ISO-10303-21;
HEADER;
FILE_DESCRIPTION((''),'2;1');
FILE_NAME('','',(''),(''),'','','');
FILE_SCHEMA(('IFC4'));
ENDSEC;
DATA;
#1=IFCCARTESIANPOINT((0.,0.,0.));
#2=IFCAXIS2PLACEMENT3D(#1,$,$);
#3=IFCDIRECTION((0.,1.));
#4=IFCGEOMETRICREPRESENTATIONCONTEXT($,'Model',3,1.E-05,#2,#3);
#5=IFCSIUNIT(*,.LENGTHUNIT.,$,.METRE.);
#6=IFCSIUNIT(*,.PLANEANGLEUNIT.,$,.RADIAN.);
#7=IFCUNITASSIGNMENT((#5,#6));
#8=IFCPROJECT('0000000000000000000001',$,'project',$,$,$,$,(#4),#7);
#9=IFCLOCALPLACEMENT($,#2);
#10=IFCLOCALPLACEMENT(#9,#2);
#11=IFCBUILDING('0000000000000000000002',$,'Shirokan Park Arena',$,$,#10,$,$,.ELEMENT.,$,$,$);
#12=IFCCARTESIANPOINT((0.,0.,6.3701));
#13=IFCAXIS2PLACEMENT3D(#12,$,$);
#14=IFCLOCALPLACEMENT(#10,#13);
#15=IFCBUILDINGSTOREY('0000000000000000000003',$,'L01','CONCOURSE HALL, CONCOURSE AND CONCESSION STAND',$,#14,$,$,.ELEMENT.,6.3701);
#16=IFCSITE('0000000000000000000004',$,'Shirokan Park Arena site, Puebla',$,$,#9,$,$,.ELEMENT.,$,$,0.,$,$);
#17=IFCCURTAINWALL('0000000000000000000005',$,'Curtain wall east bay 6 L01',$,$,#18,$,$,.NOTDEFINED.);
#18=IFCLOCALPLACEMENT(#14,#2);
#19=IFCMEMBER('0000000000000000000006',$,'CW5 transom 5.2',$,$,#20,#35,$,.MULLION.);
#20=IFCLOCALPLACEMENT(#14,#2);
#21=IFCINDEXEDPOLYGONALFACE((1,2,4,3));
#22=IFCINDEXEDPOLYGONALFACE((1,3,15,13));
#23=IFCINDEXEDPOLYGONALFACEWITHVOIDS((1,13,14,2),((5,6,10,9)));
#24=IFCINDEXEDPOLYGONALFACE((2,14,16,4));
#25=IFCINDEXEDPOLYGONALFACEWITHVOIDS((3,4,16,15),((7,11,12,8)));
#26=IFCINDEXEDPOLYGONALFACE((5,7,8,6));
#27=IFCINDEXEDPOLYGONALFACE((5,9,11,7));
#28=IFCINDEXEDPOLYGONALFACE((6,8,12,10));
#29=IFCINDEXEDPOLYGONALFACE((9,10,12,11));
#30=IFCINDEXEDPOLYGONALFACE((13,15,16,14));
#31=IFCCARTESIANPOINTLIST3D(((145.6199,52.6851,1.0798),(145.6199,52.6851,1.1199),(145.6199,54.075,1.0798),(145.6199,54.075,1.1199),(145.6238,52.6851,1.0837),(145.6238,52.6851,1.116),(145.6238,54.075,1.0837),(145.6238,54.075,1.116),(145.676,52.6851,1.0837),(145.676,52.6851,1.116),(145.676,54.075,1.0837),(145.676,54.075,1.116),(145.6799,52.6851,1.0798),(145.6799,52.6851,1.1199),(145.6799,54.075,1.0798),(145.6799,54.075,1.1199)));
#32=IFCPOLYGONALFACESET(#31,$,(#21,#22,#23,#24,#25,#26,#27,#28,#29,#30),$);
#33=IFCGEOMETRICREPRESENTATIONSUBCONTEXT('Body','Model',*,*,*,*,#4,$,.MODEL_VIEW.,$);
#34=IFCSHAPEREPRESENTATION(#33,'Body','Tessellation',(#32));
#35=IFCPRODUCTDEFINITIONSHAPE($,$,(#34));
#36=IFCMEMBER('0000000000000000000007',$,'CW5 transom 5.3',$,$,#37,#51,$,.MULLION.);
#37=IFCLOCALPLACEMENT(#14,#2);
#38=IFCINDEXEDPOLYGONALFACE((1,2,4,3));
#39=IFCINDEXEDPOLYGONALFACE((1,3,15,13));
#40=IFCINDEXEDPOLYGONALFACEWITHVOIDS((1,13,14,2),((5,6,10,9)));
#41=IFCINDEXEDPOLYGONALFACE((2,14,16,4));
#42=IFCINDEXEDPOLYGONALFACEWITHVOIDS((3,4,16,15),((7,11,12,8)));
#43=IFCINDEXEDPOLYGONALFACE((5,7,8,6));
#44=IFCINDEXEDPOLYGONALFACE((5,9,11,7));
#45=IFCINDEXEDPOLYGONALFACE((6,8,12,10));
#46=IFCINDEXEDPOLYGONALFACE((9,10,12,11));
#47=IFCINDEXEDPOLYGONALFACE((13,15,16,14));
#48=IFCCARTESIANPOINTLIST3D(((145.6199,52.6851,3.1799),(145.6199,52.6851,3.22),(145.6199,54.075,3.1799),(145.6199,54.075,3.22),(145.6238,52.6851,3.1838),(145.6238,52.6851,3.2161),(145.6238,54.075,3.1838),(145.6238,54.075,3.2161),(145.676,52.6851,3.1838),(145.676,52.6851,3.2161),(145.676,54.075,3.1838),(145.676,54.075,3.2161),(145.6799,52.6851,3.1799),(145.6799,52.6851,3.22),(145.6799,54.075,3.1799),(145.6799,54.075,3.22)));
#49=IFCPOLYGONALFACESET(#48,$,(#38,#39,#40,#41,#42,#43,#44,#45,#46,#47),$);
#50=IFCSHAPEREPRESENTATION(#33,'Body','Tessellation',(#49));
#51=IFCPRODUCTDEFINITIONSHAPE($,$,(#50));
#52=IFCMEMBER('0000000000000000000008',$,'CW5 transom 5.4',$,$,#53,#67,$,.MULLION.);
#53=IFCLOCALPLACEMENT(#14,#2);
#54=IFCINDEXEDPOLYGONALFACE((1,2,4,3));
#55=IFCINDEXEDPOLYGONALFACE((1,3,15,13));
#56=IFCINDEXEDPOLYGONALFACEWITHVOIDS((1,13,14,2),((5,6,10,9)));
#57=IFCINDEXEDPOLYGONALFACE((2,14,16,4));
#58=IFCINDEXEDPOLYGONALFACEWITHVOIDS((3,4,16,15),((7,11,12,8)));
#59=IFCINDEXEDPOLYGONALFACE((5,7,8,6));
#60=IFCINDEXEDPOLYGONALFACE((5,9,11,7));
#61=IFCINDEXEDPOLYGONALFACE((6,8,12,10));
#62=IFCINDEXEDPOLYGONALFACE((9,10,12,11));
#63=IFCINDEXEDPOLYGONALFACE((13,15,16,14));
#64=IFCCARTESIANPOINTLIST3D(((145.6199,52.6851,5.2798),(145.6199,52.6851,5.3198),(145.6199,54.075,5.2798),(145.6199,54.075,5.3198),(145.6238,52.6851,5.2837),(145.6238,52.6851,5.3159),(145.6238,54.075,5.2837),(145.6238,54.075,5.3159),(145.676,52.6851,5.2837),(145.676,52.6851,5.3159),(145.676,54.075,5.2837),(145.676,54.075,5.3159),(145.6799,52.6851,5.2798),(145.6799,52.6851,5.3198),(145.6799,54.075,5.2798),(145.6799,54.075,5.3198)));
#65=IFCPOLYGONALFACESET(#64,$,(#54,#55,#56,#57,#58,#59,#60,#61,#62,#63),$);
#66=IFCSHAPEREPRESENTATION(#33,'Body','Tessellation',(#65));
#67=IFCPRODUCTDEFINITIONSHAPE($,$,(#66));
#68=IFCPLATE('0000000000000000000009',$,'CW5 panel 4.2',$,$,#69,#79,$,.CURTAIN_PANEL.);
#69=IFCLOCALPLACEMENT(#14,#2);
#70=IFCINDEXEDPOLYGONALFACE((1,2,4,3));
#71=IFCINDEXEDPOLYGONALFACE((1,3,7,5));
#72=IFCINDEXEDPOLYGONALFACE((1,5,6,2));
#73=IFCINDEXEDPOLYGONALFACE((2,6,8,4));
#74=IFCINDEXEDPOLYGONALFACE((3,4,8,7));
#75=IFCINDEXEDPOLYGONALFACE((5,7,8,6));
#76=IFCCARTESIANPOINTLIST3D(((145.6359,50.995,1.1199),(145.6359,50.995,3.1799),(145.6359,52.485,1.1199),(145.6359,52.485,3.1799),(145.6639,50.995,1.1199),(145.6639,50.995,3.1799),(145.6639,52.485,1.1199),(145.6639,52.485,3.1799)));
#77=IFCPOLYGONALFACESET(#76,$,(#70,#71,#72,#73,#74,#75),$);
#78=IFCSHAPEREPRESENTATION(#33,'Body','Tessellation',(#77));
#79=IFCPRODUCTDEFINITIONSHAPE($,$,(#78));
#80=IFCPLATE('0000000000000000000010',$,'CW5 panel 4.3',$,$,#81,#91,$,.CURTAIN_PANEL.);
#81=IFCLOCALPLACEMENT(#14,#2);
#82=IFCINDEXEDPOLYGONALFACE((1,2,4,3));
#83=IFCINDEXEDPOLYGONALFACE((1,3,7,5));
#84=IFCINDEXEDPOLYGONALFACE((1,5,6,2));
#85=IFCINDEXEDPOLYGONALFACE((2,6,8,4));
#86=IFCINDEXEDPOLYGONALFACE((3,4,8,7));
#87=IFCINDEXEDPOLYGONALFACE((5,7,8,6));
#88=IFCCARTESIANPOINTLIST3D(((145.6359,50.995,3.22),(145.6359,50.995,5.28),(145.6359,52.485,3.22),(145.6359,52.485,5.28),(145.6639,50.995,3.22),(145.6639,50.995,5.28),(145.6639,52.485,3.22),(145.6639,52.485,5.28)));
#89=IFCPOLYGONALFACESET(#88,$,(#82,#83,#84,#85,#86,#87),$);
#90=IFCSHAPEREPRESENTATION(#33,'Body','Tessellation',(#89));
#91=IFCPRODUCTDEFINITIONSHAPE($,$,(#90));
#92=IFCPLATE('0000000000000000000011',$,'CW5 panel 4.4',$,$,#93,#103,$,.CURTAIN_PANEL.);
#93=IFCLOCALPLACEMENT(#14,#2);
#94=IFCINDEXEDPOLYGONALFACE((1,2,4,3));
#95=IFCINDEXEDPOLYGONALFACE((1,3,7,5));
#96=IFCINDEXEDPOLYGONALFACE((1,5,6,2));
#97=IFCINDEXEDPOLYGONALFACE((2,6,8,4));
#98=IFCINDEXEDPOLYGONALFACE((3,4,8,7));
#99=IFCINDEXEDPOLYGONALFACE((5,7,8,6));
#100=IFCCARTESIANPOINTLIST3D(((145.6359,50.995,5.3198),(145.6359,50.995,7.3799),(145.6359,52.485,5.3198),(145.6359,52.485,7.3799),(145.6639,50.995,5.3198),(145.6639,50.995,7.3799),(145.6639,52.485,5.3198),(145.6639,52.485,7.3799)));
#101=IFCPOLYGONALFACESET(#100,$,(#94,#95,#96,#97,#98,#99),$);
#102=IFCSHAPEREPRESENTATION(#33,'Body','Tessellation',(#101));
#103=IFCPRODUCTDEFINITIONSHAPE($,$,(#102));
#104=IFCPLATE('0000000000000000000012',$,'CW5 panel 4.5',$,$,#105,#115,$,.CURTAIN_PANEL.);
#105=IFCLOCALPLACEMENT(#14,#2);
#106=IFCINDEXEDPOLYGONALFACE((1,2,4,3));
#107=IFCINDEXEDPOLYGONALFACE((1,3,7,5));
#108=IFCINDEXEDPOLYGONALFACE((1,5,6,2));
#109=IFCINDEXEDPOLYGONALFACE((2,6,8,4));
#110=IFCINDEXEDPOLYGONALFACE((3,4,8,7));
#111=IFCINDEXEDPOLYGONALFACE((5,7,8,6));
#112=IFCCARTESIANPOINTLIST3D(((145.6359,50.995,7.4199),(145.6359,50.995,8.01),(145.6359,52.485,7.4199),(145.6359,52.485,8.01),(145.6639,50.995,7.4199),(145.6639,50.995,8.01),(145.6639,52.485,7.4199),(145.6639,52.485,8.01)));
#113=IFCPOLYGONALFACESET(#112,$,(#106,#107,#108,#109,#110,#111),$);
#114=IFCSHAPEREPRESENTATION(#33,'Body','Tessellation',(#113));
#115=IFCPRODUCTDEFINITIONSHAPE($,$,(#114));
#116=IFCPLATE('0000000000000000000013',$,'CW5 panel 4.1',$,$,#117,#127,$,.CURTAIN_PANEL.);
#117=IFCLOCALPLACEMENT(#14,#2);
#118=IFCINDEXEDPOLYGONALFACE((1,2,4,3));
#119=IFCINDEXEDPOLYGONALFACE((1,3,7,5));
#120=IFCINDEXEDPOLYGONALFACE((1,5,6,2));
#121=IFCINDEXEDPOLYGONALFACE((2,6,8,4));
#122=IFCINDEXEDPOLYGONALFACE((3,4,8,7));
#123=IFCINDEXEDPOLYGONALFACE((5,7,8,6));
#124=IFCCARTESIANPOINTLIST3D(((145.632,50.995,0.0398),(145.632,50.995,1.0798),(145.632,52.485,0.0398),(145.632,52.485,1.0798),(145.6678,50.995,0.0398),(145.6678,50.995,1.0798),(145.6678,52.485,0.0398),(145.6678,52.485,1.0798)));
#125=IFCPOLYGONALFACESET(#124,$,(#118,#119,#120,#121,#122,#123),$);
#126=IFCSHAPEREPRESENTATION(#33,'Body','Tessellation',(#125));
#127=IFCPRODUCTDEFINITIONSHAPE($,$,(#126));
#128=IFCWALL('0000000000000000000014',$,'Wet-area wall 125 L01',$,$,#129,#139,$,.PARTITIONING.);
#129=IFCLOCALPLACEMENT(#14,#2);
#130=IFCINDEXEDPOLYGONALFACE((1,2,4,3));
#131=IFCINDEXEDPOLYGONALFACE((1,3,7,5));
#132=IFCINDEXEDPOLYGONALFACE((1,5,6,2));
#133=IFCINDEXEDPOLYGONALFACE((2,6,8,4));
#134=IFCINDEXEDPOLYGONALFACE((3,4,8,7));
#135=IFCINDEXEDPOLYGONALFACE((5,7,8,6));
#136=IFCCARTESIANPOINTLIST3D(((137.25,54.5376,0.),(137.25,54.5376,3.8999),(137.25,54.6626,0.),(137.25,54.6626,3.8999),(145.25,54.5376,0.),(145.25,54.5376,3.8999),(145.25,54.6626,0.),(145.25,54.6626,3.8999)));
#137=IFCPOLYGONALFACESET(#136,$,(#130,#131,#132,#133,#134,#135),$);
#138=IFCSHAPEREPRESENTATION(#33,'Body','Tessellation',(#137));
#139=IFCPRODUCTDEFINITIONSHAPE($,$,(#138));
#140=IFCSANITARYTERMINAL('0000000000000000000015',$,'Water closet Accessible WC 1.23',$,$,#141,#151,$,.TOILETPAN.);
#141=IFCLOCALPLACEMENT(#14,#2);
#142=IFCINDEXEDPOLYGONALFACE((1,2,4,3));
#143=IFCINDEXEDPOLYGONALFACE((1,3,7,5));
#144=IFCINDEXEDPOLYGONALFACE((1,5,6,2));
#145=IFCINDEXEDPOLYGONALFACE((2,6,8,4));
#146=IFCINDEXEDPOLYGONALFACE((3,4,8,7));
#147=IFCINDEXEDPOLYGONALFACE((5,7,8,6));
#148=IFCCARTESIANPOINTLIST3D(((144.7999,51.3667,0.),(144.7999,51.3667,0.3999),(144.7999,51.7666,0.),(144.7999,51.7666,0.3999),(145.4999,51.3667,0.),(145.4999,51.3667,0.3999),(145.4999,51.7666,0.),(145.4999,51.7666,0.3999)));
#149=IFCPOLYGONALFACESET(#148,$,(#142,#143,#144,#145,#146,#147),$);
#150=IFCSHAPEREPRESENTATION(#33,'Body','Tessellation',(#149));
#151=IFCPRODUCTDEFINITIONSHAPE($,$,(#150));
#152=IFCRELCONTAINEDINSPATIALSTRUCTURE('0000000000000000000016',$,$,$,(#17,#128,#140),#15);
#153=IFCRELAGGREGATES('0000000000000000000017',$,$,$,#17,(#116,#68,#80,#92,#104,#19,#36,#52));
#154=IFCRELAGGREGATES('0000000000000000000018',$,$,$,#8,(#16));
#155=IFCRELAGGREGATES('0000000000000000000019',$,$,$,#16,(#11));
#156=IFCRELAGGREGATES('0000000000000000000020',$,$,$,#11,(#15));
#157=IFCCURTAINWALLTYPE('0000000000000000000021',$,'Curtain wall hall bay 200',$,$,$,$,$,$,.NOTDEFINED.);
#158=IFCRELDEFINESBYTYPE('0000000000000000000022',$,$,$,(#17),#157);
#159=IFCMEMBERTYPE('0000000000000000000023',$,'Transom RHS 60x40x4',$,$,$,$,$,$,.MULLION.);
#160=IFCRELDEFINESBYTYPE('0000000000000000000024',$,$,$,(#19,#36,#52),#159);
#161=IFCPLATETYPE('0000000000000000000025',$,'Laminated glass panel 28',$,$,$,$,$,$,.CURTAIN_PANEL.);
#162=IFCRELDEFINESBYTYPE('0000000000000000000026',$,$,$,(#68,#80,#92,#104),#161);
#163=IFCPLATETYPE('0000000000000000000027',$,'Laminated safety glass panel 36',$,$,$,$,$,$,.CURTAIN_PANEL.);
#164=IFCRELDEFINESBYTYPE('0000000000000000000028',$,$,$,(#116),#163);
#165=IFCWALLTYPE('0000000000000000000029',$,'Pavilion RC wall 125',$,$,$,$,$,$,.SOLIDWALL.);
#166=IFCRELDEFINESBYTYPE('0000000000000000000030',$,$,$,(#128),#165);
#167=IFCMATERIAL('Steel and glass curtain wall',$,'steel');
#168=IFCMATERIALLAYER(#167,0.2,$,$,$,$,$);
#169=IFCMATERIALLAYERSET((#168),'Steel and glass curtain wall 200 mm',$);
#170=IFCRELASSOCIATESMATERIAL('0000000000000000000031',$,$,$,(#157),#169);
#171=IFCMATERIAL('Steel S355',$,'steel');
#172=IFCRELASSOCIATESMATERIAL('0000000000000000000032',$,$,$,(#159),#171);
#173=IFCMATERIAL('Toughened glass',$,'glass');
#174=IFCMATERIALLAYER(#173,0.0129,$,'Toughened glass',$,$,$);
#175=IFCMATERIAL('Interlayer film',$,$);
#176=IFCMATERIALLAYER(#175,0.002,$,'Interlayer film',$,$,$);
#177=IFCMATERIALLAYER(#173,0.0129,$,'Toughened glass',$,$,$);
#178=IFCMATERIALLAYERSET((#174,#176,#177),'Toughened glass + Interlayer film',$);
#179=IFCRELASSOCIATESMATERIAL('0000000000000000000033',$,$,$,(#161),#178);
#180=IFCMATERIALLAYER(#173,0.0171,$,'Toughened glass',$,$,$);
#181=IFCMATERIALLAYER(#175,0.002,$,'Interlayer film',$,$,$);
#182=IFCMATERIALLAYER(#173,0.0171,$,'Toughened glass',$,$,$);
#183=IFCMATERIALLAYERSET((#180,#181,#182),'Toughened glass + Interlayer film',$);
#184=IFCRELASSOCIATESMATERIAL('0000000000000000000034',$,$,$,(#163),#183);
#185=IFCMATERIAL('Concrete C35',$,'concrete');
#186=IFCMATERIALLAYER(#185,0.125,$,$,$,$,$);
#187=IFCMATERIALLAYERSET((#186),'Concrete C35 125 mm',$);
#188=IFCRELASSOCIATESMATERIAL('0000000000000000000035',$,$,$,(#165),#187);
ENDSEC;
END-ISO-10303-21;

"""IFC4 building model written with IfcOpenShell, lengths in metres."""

from ifc_helpers import new_model, si_unit, direction, frame, frame_2d, origin, origin_2d, place, context, subcontext, project, spatial, rectangle, hollow_rectangle, extrude, material, layer, layer_set, material_profile, profile_set, type_object, element, aggregate, save


model = new_model("IFC4")

# Units and contexts
model_context = context("Model", 3, precision=1e-05, world=origin(), true_north=direction((0.0, 1.0)))
body_context = subcontext(model_context, "Body", "Model", "MODEL_VIEW")
ifc_project = project(units=[si_unit("LENGTHUNIT", "METRE"), si_unit("PLANEANGLEUNIT", "RADIAN")], contexts=[model_context])

# Site, building, storey
site_placement = place(None, origin())
site = spatial("IfcSite", under=ifc_project, at=site_placement, Name="Shirokan Park Arena site, Puebla", CompositionType="ELEMENT", RefElevation=0.0)
building_placement = place(site_placement, origin())
building = spatial("IfcBuilding", under=site, at=building_placement, Name="Shirokan Park Arena", CompositionType="ELEMENT")
storey_placement = place(building_placement, frame((0.0, 0.0, 6.3701)))
storey = spatial("IfcBuildingStorey", under=building, at=storey_placement, Name="L01", Description="CONCOURSE HALL, CONCOURSE AND CONCESSION STAND", CompositionType="ELEMENT", Elevation=6.3701)

# Shared definitions
ifc_material_1 = material(Name="Concrete C35", Category="concrete")

# Curtain wall
ifc_material_2 = material(Name="Steel and glass curtain wall", Category="steel")
ifc_layer_1 = layer(ifc_material_2, 0.2)
ifc_layer_set_1 = layer_set([ifc_layer_1], Name="Steel and glass curtain wall 200 mm")
curtain_wall_type = type_object("IfcCurtainWallType", Name="Curtain wall hall bay 200", PredefinedType="NOTDEFINED", material=ifc_layer_set_1)
curtain_wall_placement = place(storey_placement, origin())
curtain_wall = element("IfcCurtainWall", 1, at=curtain_wall_placement, inside=storey, type_object=curtain_wall_type, Name="Curtain wall east bay 6 L01", PredefinedType="NOTDEFINED")
ifc_material_3 = material(Name="Steel S355", Category="steel")

# Members
ifc_material_profile_1 = material_profile(ifc_material_3, hollow_rectangle(XDim=0.0601, YDim=0.04, WallThickness=0.0039, at=origin_2d()), Name="RHS 60x40x4")
ifc_profile_set_1 = profile_set([ifc_material_profile_1], Name="Steel S355")
member_type_1 = type_object("IfcMemberType", Name="Transom RHS 60x40x4", PredefinedType="MULLION", material=ifc_profile_set_1)
member_1_placement = place(storey_placement, frame((145.6499, 52.6851, 1.0999), z_axis=(0.0, 1.0, 0.0), x_axis=(-1.0, 0.0, 0.0)))
member_1 = element("IfcMember", 2, at=member_1_placement, type_object=member_type_1, Name="CW5 transom 5.2", PredefinedType="MULLION", context=body_context, shape_type="SweptSolid", body=[
    extrude(hollow_rectangle(XDim=0.0601, YDim=0.04, WallThickness=0.0039, at=origin_2d()), origin(), (0.0, 0.0, 1.0), 1.3899),
])
member_2_placement = place(storey_placement, frame((145.6499, 52.6851, 3.2), z_axis=(0.0, 1.0, 0.0), x_axis=(-1.0, 0.0, 0.0)))
member_2 = element("IfcMember", 3, at=member_2_placement, type_object=member_type_1, Name="CW5 transom 5.3", PredefinedType="MULLION", context=body_context, shape_type="SweptSolid", body=[
    extrude(hollow_rectangle(XDim=0.0601, YDim=0.04, WallThickness=0.0039, at=origin_2d()), origin(), (0.0, 0.0, 1.0), 1.3899),
])
member_3_placement = place(storey_placement, frame((145.6499, 52.6851, 5.2998), z_axis=(0.0, 1.0, 0.0), x_axis=(-1.0, 0.0, 0.0)))
member_3 = element("IfcMember", 4, at=member_3_placement, type_object=member_type_1, Name="CW5 transom 5.4", PredefinedType="MULLION", context=body_context, shape_type="SweptSolid", body=[
    extrude(hollow_rectangle(XDim=0.0601, YDim=0.04, WallThickness=0.0039, at=origin_2d()), origin(), (0.0, 0.0, 1.0), 1.3899),
])

# Plates
ifc_material_4 = material(Name="Toughened glass", Category="glass")
ifc_layer_2 = layer(ifc_material_4, 0.0129, Name="Toughened glass")
ifc_material_5 = material(Name="Interlayer film")
ifc_layer_3 = layer(ifc_material_5, 0.002, Name="Interlayer film")
ifc_layer_4 = layer(ifc_material_4, 0.0129, Name="Toughened glass")
ifc_layer_set_2 = layer_set([ifc_layer_2, ifc_layer_3, ifc_layer_4], Name="Toughened glass + Interlayer film")
plate_type_1 = type_object("IfcPlateType", Name="Laminated glass panel 28", PredefinedType="CURTAIN_PANEL", material=ifc_layer_set_2)
plate_1_placement = place(storey_placement, frame((145.6499, 51.74, 1.1199), z_axis=(0.0, 0.0, 1.0), x_axis=(0.0, 1.0, 0.0)))
plate_1 = element("IfcPlate", 5, at=plate_1_placement, type_object=plate_type_1, Name="CW5 panel 4.2", PredefinedType="CURTAIN_PANEL", context=body_context, shape_type="SweptSolid", body=[
    extrude(rectangle(XDim=1.49, YDim=0.0281, at=origin_2d()), origin(), (0.0, 0.0, 1.0), 2.0601),
])
plate_2_placement = place(storey_placement, frame((145.6499, 51.74, 3.22), z_axis=(0.0, 0.0, 1.0), x_axis=(0.0, 1.0, 0.0)))
plate_2 = element("IfcPlate", 6, at=plate_2_placement, type_object=plate_type_1, Name="CW5 panel 4.3", PredefinedType="CURTAIN_PANEL", context=body_context, shape_type="SweptSolid", body=[
    extrude(rectangle(XDim=1.49, YDim=0.0281, at=origin_2d()), origin(), (0.0, 0.0, 1.0), 2.0601),
])
plate_3_placement = place(storey_placement, frame((145.6499, 51.74, 5.3198), z_axis=(0.0, 0.0, 1.0), x_axis=(0.0, 1.0, 0.0)))
plate_3 = element("IfcPlate", 7, at=plate_3_placement, type_object=plate_type_1, Name="CW5 panel 4.4", PredefinedType="CURTAIN_PANEL", context=body_context, shape_type="SweptSolid", body=[
    extrude(rectangle(XDim=1.49, YDim=0.0281, at=origin_2d()), origin(), (0.0, 0.0, 1.0), 2.0601),
])
plate_4_placement = place(storey_placement, frame((145.6499, 51.74, 7.4199), z_axis=(0.0, 0.0, 1.0), x_axis=(0.0, 1.0, 0.0)))
plate_4 = element("IfcPlate", 8, at=plate_4_placement, type_object=plate_type_1, Name="CW5 panel 4.5", PredefinedType="CURTAIN_PANEL", context=body_context, shape_type="SweptSolid", body=[
    extrude(rectangle(XDim=1.49, YDim=0.0281, at=origin_2d()), origin(), (0.0, 0.0, 1.0), 0.5901),
])
ifc_layer_5 = layer(ifc_material_4, 0.0171, Name="Toughened glass")
ifc_layer_6 = layer(ifc_material_5, 0.002, Name="Interlayer film")
ifc_layer_7 = layer(ifc_material_4, 0.0171, Name="Toughened glass")
ifc_layer_set_3 = layer_set([ifc_layer_5, ifc_layer_6, ifc_layer_7], Name="Toughened glass + Interlayer film")
plate_type_2 = type_object("IfcPlateType", Name="Laminated safety glass panel 36", PredefinedType="CURTAIN_PANEL", material=ifc_layer_set_3)
plate_5_placement = place(storey_placement, frame((145.6499, 51.74, 0.0398), z_axis=(0.0, 0.0, 1.0), x_axis=(0.0, 1.0, 0.0)))
plate_5 = element("IfcPlate", 9, at=plate_5_placement, type_object=plate_type_2, Name="CW5 panel 4.1", PredefinedType="CURTAIN_PANEL", context=body_context, shape_type="SweptSolid", body=[
    extrude(rectangle(XDim=1.49, YDim=0.0359, at=origin_2d()), origin(), (0.0, 0.0, 1.0), 1.04),
])
aggregate(curtain_wall, [plate_5, plate_1, plate_2, plate_3, plate_4, member_1, member_2, member_3])

# Wall
ifc_layer_8 = layer(ifc_material_1, 0.125)
ifc_layer_set_4 = layer_set([ifc_layer_8], Name="Concrete C35 125 mm")
wall_type = type_object("IfcWallType", Name="Pavilion RC wall 125", PredefinedType="SOLIDWALL", material=ifc_layer_set_4)
wall_placement = place(storey_placement, frame((137.25, 54.6001, 0.0), z_axis=(0.0, 0.0, 1.0), x_axis=(1.0, 0.0, 0.0)))
element("IfcWall", 10, at=wall_placement, inside=storey, type_object=wall_type, Name="Wet-area wall 125 L01", PredefinedType="PARTITIONING", context=body_context, shape_type="SweptSolid", body=[
    extrude(rectangle(XDim=8.0, YDim=0.125, at=frame_2d((4.0, 0.0))), origin(), (0.0, 0.0, 1.0), 3.8999),
])

# Sanitary terminal
sanitary_terminal_placement = place(storey_placement, frame((145.1499, 51.5667, 0.0), z_axis=(0.0, 0.0, 1.0), x_axis=(1.0, 0.0, 0.0)))
element("IfcSanitaryTerminal", 11, at=sanitary_terminal_placement, inside=storey, Name="Water closet Accessible WC 1.23", PredefinedType="TOILETPAN", context=body_context, shape_type="SweptSolid", body=[
    extrude(rectangle(XDim=0.7, YDim=0.3999, at=origin_2d()), origin(), (0.0, 0.0, 1.0), 0.3999),
])

save(model, "model.ifc")
